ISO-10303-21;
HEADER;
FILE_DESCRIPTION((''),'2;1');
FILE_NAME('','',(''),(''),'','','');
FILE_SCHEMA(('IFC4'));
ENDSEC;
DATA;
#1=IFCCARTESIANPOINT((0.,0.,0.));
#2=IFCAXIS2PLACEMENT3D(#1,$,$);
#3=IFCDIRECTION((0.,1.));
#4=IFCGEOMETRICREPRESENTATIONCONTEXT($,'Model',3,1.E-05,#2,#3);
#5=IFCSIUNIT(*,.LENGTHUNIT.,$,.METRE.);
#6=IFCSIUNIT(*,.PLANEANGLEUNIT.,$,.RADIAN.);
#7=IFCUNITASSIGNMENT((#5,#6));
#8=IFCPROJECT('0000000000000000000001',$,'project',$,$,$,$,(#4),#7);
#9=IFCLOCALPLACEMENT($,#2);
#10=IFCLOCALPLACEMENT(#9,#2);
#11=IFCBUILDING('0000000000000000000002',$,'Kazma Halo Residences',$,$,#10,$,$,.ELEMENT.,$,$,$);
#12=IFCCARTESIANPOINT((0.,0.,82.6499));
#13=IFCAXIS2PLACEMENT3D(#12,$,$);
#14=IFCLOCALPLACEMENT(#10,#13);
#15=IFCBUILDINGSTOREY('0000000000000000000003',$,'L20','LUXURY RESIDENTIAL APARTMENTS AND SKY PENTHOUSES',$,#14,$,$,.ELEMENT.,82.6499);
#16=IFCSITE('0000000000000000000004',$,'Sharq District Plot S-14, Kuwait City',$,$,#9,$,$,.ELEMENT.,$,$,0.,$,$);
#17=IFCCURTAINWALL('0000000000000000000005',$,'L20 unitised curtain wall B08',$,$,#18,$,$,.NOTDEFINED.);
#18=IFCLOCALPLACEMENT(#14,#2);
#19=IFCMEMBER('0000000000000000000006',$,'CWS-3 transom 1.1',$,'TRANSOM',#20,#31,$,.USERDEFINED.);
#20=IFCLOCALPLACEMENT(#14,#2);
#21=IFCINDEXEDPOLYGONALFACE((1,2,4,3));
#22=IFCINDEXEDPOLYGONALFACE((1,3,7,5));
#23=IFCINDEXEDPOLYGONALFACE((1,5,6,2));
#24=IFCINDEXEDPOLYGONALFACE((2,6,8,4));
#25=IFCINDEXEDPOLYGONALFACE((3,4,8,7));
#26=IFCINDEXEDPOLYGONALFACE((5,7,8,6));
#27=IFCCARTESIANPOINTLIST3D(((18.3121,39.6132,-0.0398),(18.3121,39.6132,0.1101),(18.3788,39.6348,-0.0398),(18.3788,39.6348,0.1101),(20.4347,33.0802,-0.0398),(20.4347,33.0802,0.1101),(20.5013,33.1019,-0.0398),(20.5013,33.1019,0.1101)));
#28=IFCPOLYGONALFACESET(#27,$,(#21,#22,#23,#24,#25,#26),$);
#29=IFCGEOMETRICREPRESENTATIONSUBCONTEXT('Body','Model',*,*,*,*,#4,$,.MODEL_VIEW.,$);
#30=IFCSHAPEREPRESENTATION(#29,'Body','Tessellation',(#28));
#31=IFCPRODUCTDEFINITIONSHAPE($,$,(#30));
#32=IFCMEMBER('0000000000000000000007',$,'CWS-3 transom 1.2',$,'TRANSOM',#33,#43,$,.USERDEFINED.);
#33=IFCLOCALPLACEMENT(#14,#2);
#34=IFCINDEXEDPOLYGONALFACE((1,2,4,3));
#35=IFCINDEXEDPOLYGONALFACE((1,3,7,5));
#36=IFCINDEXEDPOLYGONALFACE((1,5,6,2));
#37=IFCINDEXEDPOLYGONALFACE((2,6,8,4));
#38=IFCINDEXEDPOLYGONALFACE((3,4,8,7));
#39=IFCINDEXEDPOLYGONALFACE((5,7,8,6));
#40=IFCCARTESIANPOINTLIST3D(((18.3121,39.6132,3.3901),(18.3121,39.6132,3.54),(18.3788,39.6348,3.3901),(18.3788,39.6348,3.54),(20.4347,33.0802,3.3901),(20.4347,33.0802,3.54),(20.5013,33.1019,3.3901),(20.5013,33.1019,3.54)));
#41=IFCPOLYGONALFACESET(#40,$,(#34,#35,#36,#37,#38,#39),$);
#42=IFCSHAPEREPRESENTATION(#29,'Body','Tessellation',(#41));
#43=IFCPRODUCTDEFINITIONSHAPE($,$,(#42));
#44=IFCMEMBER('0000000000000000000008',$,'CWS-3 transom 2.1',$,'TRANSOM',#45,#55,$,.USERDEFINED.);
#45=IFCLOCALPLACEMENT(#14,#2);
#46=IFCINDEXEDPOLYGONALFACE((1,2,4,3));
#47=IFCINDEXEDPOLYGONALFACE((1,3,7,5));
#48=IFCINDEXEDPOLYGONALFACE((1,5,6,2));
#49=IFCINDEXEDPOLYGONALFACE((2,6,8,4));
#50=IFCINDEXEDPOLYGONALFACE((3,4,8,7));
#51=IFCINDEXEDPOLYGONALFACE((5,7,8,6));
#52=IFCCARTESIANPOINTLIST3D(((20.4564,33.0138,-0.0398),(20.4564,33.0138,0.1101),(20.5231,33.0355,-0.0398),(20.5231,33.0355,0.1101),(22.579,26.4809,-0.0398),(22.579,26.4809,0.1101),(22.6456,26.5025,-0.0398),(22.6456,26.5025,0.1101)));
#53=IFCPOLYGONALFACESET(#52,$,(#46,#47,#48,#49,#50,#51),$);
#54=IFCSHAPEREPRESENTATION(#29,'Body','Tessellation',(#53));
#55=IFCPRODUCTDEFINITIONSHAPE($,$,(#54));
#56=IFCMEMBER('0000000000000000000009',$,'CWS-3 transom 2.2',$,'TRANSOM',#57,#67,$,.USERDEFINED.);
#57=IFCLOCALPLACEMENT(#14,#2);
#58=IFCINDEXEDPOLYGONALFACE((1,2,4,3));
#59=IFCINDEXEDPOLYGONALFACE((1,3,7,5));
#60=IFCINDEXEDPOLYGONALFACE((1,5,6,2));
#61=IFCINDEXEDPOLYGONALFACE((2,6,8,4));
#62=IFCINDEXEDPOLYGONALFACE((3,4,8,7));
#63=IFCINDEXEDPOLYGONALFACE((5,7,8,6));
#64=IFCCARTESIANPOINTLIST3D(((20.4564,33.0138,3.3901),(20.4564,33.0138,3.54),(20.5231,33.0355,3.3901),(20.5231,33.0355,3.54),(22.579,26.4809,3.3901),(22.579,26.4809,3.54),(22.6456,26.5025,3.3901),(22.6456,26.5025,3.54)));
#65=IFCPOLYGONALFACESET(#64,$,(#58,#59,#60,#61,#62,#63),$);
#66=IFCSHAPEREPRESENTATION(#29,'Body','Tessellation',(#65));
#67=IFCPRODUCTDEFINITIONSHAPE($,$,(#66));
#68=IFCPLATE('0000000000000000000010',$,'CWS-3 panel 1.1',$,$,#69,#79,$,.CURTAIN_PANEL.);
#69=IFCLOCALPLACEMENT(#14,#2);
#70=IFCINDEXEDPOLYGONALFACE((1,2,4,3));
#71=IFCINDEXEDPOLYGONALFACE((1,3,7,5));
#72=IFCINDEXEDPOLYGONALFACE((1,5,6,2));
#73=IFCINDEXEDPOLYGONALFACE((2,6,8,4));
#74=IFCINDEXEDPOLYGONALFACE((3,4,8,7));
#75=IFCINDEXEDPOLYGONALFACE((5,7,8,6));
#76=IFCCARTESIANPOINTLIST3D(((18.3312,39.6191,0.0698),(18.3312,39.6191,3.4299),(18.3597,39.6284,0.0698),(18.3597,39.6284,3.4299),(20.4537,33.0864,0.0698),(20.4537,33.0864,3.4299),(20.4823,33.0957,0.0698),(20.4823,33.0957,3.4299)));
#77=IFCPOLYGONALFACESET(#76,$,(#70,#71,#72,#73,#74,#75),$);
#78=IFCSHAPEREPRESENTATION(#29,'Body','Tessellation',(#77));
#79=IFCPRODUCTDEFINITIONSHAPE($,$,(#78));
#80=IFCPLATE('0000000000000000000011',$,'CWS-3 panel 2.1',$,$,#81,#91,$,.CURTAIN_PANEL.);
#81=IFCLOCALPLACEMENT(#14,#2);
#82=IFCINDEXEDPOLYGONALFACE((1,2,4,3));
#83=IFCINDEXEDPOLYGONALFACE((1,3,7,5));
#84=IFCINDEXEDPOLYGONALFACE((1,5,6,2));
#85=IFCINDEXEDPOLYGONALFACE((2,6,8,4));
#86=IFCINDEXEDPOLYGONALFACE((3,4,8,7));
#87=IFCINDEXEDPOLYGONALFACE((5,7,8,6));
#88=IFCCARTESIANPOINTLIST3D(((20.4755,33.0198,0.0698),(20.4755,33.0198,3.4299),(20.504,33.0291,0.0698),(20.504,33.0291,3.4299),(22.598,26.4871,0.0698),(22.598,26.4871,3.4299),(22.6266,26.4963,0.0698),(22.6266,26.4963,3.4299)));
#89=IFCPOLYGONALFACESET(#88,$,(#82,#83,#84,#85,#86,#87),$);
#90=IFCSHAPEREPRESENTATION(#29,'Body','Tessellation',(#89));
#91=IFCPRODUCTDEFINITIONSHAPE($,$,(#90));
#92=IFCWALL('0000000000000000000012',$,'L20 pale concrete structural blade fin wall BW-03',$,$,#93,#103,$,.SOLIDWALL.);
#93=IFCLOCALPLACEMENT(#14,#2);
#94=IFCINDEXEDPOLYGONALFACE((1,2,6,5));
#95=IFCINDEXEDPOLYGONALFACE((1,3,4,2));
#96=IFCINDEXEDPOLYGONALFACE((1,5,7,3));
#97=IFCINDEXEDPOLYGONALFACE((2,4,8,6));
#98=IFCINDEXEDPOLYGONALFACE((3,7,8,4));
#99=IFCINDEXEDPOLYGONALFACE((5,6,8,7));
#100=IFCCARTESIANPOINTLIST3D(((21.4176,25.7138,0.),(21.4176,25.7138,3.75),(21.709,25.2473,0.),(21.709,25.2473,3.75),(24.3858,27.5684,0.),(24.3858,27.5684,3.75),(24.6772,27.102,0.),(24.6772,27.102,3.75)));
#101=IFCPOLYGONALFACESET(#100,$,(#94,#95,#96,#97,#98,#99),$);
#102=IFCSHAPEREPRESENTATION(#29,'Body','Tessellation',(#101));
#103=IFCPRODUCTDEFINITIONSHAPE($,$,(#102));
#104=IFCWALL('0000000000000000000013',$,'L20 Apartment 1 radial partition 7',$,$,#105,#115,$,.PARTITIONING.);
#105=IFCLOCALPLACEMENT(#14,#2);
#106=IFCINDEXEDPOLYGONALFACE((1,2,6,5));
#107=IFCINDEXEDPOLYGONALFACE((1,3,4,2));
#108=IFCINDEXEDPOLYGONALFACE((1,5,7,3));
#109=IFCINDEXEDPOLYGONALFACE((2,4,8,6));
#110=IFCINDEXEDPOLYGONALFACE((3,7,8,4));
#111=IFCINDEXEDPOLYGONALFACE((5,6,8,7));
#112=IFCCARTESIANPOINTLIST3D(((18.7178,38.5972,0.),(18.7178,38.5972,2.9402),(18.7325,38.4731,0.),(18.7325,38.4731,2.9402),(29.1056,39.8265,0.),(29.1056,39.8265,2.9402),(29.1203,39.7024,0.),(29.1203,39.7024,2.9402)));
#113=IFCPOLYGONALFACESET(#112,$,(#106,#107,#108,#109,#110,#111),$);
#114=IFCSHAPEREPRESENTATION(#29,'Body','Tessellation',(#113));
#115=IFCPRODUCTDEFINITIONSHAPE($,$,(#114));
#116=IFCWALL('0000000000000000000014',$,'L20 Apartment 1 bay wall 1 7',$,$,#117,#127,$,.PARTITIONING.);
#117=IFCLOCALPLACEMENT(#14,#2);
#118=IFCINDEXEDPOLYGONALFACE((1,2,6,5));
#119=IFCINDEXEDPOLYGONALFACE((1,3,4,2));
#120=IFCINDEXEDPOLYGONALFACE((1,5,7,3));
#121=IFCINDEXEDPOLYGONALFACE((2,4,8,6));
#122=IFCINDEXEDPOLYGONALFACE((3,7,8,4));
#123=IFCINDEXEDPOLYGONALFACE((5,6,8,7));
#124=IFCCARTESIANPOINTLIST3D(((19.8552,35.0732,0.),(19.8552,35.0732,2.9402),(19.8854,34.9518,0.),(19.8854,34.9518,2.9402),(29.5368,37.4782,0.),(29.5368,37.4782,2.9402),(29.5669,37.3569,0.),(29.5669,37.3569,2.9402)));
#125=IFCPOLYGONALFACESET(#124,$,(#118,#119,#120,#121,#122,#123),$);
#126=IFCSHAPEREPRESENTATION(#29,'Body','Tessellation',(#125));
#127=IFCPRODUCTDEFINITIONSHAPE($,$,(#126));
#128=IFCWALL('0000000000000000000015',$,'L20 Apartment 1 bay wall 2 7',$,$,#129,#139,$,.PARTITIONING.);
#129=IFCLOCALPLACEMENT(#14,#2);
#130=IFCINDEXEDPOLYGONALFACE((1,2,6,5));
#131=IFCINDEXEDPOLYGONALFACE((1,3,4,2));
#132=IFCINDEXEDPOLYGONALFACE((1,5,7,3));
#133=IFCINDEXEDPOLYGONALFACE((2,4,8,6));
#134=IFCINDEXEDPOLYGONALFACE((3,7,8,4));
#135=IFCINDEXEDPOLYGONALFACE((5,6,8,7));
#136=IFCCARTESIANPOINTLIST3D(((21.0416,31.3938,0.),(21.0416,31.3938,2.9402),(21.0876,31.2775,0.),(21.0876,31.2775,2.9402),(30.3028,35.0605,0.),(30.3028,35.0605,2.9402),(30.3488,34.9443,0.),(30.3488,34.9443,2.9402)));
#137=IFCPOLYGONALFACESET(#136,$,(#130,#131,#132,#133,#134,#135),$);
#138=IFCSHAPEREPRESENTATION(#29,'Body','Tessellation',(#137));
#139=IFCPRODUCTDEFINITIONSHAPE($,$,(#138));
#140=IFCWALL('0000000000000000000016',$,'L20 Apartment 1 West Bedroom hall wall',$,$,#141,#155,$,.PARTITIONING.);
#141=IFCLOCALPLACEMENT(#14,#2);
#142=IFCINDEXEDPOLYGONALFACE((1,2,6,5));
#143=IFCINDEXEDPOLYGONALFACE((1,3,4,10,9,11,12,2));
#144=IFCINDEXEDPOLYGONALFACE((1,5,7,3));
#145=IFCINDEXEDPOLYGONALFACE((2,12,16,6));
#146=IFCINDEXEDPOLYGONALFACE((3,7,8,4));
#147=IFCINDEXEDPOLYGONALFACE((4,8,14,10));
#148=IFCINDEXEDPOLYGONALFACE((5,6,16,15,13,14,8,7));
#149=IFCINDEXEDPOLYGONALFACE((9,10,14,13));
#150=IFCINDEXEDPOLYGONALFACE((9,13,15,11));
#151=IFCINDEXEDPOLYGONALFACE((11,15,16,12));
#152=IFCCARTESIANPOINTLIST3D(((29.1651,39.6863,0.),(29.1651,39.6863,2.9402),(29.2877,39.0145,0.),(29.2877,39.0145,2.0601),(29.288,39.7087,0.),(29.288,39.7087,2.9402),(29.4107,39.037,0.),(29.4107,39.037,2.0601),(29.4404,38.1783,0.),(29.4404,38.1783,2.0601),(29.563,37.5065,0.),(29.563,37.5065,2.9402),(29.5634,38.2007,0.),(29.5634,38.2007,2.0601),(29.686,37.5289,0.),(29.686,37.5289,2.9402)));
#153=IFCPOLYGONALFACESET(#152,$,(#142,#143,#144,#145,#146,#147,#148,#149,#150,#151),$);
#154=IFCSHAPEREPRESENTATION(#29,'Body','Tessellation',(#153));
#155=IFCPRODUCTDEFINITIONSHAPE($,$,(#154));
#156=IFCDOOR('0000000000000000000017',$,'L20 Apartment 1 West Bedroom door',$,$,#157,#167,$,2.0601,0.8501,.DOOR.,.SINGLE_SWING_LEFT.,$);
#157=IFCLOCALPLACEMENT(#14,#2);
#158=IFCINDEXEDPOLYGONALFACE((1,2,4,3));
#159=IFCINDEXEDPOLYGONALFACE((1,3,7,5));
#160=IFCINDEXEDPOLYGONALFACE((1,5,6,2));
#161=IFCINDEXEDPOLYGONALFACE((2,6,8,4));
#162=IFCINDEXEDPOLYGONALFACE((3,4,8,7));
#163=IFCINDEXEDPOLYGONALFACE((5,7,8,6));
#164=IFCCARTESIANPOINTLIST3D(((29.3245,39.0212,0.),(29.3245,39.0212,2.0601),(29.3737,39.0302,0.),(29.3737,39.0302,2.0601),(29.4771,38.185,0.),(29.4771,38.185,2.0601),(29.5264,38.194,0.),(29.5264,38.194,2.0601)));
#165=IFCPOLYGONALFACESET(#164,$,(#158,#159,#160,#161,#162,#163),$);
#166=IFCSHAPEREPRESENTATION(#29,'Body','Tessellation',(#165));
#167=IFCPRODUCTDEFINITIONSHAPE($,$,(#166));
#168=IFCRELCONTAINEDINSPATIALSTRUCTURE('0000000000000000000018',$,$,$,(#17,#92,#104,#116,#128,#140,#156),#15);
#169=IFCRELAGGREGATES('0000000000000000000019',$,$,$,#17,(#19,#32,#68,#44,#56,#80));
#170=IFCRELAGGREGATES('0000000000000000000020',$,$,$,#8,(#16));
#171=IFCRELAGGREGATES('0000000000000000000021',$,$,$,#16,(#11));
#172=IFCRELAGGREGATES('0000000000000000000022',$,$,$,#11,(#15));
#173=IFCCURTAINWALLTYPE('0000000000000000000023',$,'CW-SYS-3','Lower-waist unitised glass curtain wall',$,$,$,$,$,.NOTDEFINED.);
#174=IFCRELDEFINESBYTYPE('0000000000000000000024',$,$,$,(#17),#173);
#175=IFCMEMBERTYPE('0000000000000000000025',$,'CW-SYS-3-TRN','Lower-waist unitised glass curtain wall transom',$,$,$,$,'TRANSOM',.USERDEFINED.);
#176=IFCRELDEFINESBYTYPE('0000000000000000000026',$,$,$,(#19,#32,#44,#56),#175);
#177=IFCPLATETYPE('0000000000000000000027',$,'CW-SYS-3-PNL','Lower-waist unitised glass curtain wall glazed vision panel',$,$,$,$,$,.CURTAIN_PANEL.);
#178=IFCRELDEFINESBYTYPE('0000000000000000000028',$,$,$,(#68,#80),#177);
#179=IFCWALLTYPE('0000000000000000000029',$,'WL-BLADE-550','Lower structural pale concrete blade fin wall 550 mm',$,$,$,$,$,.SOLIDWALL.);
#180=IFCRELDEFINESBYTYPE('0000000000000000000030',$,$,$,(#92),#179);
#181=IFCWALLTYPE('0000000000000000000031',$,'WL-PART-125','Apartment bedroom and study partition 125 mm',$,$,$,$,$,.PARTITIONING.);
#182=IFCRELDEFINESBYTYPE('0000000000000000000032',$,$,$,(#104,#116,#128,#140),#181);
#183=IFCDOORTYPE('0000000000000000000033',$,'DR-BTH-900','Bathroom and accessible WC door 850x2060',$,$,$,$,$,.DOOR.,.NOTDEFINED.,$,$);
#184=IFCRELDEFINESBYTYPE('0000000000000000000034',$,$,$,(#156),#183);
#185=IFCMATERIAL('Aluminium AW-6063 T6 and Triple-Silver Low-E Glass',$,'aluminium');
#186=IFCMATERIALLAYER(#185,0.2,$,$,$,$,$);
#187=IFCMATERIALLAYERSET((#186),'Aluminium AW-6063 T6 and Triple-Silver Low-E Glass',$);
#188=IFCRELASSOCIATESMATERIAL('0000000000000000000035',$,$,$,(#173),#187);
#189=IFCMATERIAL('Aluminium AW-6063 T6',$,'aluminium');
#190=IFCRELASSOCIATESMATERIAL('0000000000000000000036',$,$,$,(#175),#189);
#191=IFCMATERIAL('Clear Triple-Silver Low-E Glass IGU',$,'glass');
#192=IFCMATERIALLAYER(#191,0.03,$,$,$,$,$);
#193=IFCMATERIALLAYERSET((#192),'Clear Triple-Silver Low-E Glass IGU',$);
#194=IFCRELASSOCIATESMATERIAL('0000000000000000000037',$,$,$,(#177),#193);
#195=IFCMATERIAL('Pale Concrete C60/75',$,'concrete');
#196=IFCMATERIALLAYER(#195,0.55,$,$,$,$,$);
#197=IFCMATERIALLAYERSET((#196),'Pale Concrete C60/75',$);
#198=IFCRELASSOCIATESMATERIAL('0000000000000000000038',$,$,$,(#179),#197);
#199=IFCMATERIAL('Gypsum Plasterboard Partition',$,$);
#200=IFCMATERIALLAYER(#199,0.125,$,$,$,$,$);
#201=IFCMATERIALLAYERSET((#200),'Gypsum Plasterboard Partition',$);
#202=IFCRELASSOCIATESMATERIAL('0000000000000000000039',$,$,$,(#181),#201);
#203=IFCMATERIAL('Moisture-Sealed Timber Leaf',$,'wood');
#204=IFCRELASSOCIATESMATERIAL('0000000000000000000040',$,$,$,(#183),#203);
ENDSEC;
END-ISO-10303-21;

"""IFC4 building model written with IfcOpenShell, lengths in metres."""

from ifc_helpers import new_model, si_unit, direction, frame, frame_2d, origin, origin_2d, place, context, subcontext, project, spatial, rectangle, extrude, material, layer, layer_set, material_profile, profile_set, type_object, element, fill, aggregate, save


model = new_model("IFC4")

# Units and contexts
model_context = context("Model", 3, precision=1e-05, world=origin(), true_north=direction((0.0, 1.0)))
body_context = subcontext(model_context, "Body", "Model", "MODEL_VIEW")
ifc_project = project(units=[si_unit("LENGTHUNIT", "METRE"), si_unit("PLANEANGLEUNIT", "RADIAN")], contexts=[model_context])

# Site, building, storey
site_placement = place(None, origin())
site = spatial("IfcSite", under=ifc_project, at=site_placement, Name="Sharq District Plot S-14, Kuwait City", CompositionType="ELEMENT", RefElevation=0.0)
building_placement = place(site_placement, origin())
building = spatial("IfcBuilding", under=site, at=building_placement, Name="Kazma Halo Residences", CompositionType="ELEMENT")
storey_placement = place(building_placement, frame((0.0, 0.0, 82.6499)))
storey = spatial("IfcBuildingStorey", under=building, at=storey_placement, Name="L20", Description="LUXURY RESIDENTIAL APARTMENTS AND SKY PENTHOUSES", CompositionType="ELEMENT", Elevation=82.6499)

# Curtain wall, members, plates
ifc_material_1 = material(Name="Aluminium AW-6063 T6 and Triple-Silver Low-E Glass", Category="aluminium")
ifc_layer_1 = layer(ifc_material_1, 0.2)
ifc_layer_set_1 = layer_set([ifc_layer_1], Name="Aluminium AW-6063 T6 and Triple-Silver Low-E Glass")
curtain_wall_type = type_object("IfcCurtainWallType", Name="CW-SYS-3", Description="Lower-waist unitised glass curtain wall", PredefinedType="NOTDEFINED", material=ifc_layer_set_1)
curtain_wall_placement = place(storey_placement, origin())
curtain_wall = element("IfcCurtainWall", 1, at=curtain_wall_placement, inside=storey, type_object=curtain_wall_type, Name="L20 unitised curtain wall B08", PredefinedType="NOTDEFINED")
ifc_material_2 = material(Name="Aluminium AW-6063 T6", Category="aluminium")
ifc_material_profile_1 = material_profile(ifc_material_2, rectangle(XDim=0.0701, YDim=0.1499, at=origin_2d()), Name="CWT-70x150")
ifc_profile_set_1 = profile_set([ifc_material_profile_1], Name="Aluminium AW-6063 T6")
member_type_1 = type_object("IfcMemberType", Name="CW-SYS-3-TRN", Description="Lower-waist unitised glass curtain wall transom", ElementType="TRANSOM", PredefinedType="USERDEFINED", material=ifc_profile_set_1)
member_1_placement = place(storey_placement, frame((18.3455, 39.624, 0.0352), z_axis=(0.309, -0.951062, 0.0), x_axis=(0.951062, 0.309, 0.0)))
member_1 = element("IfcMember", 2, at=member_1_placement, type_object=member_type_1, Name="CWS-3 transom 1.1", ObjectType="TRANSOM", PredefinedType="USERDEFINED", context=body_context, shape_type="SweptSolid", body=[
    extrude(rectangle(XDim=0.0701, YDim=0.1499, at=origin_2d()), origin(), (0.0, 0.0, 1.0), 6.8691),
])
member_2_placement = place(storey_placement, frame((18.3455, 39.624, 3.4651), z_axis=(0.309, -0.951062, 0.0), x_axis=(0.951062, 0.309, 0.0)))
member_2 = element("IfcMember", 3, at=member_2_placement, type_object=member_type_1, Name="CWS-3 transom 1.2", ObjectType="TRANSOM", PredefinedType="USERDEFINED", context=body_context, shape_type="SweptSolid", body=[
    extrude(rectangle(XDim=0.0701, YDim=0.1499, at=origin_2d()), origin(), (0.0, 0.0, 1.0), 6.8691),
])
member_3_placement = place(storey_placement, frame((20.4897, 33.0247, 0.0352), z_axis=(0.309, -0.951062, 0.0), x_axis=(0.951062, 0.309, 0.0)))
member_3 = element("IfcMember", 4, at=member_3_placement, type_object=member_type_1, Name="CWS-3 transom 2.1", ObjectType="TRANSOM", PredefinedType="USERDEFINED", context=body_context, shape_type="SweptSolid", body=[
    extrude(rectangle(XDim=0.0701, YDim=0.1499, at=origin_2d()), origin(), (0.0, 0.0, 1.0), 6.8691),
])
member_4_placement = place(storey_placement, frame((20.4897, 33.0247, 3.4651), z_axis=(0.309, -0.951062, 0.0), x_axis=(0.951062, 0.309, 0.0)))
member_4 = element("IfcMember", 5, at=member_4_placement, type_object=member_type_1, Name="CWS-3 transom 2.2", ObjectType="TRANSOM", PredefinedType="USERDEFINED", context=body_context, shape_type="SweptSolid", body=[
    extrude(rectangle(XDim=0.0701, YDim=0.1499, at=origin_2d()), origin(), (0.0, 0.0, 1.0), 6.8691),
])
ifc_material_3 = material(Name="Clear Triple-Silver Low-E Glass IGU", Category="glass")
ifc_layer_2 = layer(ifc_material_3, 0.03)
ifc_layer_set_2 = layer_set([ifc_layer_2], Name="Clear Triple-Silver Low-E Glass IGU")
plate_type = type_object("IfcPlateType", Name="CW-SYS-3-PNL", Description="Lower-waist unitised glass curtain wall glazed vision panel", PredefinedType="CURTAIN_PANEL", material=ifc_layer_set_2)
plate_1_placement = place(storey_placement, frame((19.4067, 36.3574, 0.0698), z_axis=(0.0, 0.0, 1.0), x_axis=(0.309013, -0.951058, 0.0)))
plate_1 = element("IfcPlate", 6, at=plate_1_placement, type_object=plate_type, Name="CWS-3 panel 1.1", PredefinedType="CURTAIN_PANEL", context=body_context, shape_type="SweptSolid", body=[
    extrude(rectangle(XDim=6.8689, YDim=0.03, at=origin_2d()), origin(), (0.0, 0.0, 1.0), 3.3601),
])
plate_2_placement = place(storey_placement, frame((21.551, 29.7581, 0.0698), z_axis=(0.0, 0.0, 1.0), x_axis=(0.309013, -0.951058, 0.0)))
plate_2 = element("IfcPlate", 7, at=plate_2_placement, type_object=plate_type, Name="CWS-3 panel 2.1", PredefinedType="CURTAIN_PANEL", context=body_context, shape_type="SweptSolid", body=[
    extrude(rectangle(XDim=6.8689, YDim=0.03, at=origin_2d()), origin(), (0.0, 0.0, 1.0), 3.3601),
])
aggregate(curtain_wall, [member_1, member_2, plate_1, member_3, member_4, plate_2])

# Walls
ifc_material_4 = material(Name="Pale Concrete C60/75", Category="concrete")
ifc_layer_3 = layer(ifc_material_4, 0.55)
ifc_layer_set_3 = layer_set([ifc_layer_3], Name="Pale Concrete C60/75")
wall_type_1 = type_object("IfcWallType", Name="WL-BLADE-550", Description="Lower structural pale concrete blade fin wall 550 mm", PredefinedType="SOLIDWALL", material=ifc_layer_set_3)
wall_1_placement = place(storey_placement, frame((24.5315, 27.3352, 0.0), z_axis=(0.0, 0.0, 1.0), x_axis=(-0.848053, -0.529911, 0.0)))
element("IfcWall", 8, at=wall_1_placement, inside=storey, type_object=wall_type_1, Name="L20 pale concrete structural blade fin wall BW-03", PredefinedType="SOLIDWALL", context=body_context, shape_type="SweptSolid", body=[
    extrude(rectangle(XDim=3.5, YDim=0.55, at=frame_2d((1.75, 0.0))), origin(), (0.0, 0.0, 1.0), 3.75),
])
ifc_material_5 = material(Name="Gypsum Plasterboard Partition")
ifc_layer_4 = layer(ifc_material_5, 0.125)
ifc_layer_set_4 = layer_set([ifc_layer_4], Name="Gypsum Plasterboard Partition")
wall_type_2 = type_object("IfcWallType", Name="WL-PART-125", Description="Apartment bedroom and study partition 125 mm", PredefinedType="PARTITIONING", material=ifc_layer_set_4)
wall_2_placement = place(storey_placement, frame((29.1128, 39.7644, 0.0), z_axis=(0.0, 0.0, 1.0), x_axis=(-0.993071, -0.117517, 0.0)))
element("IfcWall", 9, at=wall_2_placement, inside=storey, type_object=wall_type_2, Name="L20 Apartment 1 radial partition 7", PredefinedType="PARTITIONING", context=body_context, shape_type="SweptSolid", body=[
    extrude(rectangle(XDim=10.4602, YDim=0.125, at=frame_2d((5.23, 0.0))), origin(), (0.0, 0.0, 1.0), 2.9402),
])
wall_3_placement = place(storey_placement, frame((29.5518, 37.4175, 0.0), z_axis=(0.0, 0.0, 1.0), x_axis=(-0.970504, -0.241084, 0.0)))
element("IfcWall", 10, at=wall_3_placement, inside=storey, type_object=wall_type_2, Name="L20 Apartment 1 bay wall 1 7", PredefinedType="PARTITIONING", context=body_context, shape_type="SweptSolid", body=[
    extrude(rectangle(XDim=9.9758, YDim=0.125, at=frame_2d((4.9878, 0.0))), origin(), (0.0, 0.0, 1.0), 2.9402),
])
wall_4_placement = place(storey_placement, frame((30.3259, 35.0024, 0.0), z_axis=(0.0, 0.0, 1.0), x_axis=(-0.929778, -0.368122, 0.0)))
element("IfcWall", 11, at=wall_4_placement, inside=storey, type_object=wall_type_2, Name="L20 Apartment 1 bay wall 2 7", PredefinedType="PARTITIONING", context=body_context, shape_type="SweptSolid", body=[
    extrude(rectangle(XDim=9.9607, YDim=0.125, at=frame_2d((4.9805, 0.0))), origin(), (0.0, 0.0, 1.0), 2.9402),
])

# Wall, opening, door
wall_5_placement = place(storey_placement, frame((29.2266, 39.6975, 0.0), z_axis=(0.0, 0.0, 1.0), x_axis=(0.179603, -0.983739, 0.0)))
wall_5 = element("IfcWall", 12, at=wall_5_placement, inside=storey, type_object=wall_type_2, Name="L20 Apartment 1 West Bedroom hall wall", PredefinedType="PARTITIONING", context=body_context, shape_type="SweptSolid", body=[
    extrude(rectangle(XDim=2.2158, YDim=0.125, at=frame_2d((1.1079, 0.0))), origin(), (0.0, 0.0, 1.0), 2.9402),
])
opening_1_placement = place(wall_5_placement, frame((0.6829, 0.0, 0.0)))
opening_1 = element("IfcOpeningElement", 13, at=opening_1_placement, cuts=wall_5, PredefinedType="OPENING", context=body_context, shape_type="SweptSolid", body=[
    extrude(rectangle(XDim=0.8501, YDim=2.0601, at=frame_2d((0.425, 1.03))), frame((0.0, 0.0725, 0.0), z_axis=(0.0, -1.0, 0.0), x_axis=(1.0, 0.0, 0.0)), (0.0, 0.0, 1.0), 0.145),
])
ifc_material_6 = material(Name="Moisture-Sealed Timber Leaf", Category="wood")
door_type = type_object("IfcDoorType", Name="DR-BTH-900", Description="Bathroom and accessible WC door 850x2060", OperationType="NOTDEFINED", PredefinedType="DOOR", material=ifc_material_6)
door_1_placement = place(opening_1_placement, origin())
door_1 = element("IfcDoor", 14, at=door_1_placement, inside=storey, type_object=door_type, Name="L20 Apartment 1 West Bedroom door", OperationType="SINGLE_SWING_LEFT", OverallHeight=2.0601, OverallWidth=0.8501, PredefinedType="DOOR", context=body_context, shape_type="SweptSolid", body=[
    extrude(rectangle(XDim=0.8501, YDim=2.0601, at=frame_2d((0.425, 1.03))), frame((0.0, 0.0249, 0.0), z_axis=(0.0, -1.0, 0.0), x_axis=(1.0, 0.0, 0.0)), (0.0, 0.0, 1.0), 0.05),
])
fill(opening_1, door_1)

save(model, "model.ifc")
